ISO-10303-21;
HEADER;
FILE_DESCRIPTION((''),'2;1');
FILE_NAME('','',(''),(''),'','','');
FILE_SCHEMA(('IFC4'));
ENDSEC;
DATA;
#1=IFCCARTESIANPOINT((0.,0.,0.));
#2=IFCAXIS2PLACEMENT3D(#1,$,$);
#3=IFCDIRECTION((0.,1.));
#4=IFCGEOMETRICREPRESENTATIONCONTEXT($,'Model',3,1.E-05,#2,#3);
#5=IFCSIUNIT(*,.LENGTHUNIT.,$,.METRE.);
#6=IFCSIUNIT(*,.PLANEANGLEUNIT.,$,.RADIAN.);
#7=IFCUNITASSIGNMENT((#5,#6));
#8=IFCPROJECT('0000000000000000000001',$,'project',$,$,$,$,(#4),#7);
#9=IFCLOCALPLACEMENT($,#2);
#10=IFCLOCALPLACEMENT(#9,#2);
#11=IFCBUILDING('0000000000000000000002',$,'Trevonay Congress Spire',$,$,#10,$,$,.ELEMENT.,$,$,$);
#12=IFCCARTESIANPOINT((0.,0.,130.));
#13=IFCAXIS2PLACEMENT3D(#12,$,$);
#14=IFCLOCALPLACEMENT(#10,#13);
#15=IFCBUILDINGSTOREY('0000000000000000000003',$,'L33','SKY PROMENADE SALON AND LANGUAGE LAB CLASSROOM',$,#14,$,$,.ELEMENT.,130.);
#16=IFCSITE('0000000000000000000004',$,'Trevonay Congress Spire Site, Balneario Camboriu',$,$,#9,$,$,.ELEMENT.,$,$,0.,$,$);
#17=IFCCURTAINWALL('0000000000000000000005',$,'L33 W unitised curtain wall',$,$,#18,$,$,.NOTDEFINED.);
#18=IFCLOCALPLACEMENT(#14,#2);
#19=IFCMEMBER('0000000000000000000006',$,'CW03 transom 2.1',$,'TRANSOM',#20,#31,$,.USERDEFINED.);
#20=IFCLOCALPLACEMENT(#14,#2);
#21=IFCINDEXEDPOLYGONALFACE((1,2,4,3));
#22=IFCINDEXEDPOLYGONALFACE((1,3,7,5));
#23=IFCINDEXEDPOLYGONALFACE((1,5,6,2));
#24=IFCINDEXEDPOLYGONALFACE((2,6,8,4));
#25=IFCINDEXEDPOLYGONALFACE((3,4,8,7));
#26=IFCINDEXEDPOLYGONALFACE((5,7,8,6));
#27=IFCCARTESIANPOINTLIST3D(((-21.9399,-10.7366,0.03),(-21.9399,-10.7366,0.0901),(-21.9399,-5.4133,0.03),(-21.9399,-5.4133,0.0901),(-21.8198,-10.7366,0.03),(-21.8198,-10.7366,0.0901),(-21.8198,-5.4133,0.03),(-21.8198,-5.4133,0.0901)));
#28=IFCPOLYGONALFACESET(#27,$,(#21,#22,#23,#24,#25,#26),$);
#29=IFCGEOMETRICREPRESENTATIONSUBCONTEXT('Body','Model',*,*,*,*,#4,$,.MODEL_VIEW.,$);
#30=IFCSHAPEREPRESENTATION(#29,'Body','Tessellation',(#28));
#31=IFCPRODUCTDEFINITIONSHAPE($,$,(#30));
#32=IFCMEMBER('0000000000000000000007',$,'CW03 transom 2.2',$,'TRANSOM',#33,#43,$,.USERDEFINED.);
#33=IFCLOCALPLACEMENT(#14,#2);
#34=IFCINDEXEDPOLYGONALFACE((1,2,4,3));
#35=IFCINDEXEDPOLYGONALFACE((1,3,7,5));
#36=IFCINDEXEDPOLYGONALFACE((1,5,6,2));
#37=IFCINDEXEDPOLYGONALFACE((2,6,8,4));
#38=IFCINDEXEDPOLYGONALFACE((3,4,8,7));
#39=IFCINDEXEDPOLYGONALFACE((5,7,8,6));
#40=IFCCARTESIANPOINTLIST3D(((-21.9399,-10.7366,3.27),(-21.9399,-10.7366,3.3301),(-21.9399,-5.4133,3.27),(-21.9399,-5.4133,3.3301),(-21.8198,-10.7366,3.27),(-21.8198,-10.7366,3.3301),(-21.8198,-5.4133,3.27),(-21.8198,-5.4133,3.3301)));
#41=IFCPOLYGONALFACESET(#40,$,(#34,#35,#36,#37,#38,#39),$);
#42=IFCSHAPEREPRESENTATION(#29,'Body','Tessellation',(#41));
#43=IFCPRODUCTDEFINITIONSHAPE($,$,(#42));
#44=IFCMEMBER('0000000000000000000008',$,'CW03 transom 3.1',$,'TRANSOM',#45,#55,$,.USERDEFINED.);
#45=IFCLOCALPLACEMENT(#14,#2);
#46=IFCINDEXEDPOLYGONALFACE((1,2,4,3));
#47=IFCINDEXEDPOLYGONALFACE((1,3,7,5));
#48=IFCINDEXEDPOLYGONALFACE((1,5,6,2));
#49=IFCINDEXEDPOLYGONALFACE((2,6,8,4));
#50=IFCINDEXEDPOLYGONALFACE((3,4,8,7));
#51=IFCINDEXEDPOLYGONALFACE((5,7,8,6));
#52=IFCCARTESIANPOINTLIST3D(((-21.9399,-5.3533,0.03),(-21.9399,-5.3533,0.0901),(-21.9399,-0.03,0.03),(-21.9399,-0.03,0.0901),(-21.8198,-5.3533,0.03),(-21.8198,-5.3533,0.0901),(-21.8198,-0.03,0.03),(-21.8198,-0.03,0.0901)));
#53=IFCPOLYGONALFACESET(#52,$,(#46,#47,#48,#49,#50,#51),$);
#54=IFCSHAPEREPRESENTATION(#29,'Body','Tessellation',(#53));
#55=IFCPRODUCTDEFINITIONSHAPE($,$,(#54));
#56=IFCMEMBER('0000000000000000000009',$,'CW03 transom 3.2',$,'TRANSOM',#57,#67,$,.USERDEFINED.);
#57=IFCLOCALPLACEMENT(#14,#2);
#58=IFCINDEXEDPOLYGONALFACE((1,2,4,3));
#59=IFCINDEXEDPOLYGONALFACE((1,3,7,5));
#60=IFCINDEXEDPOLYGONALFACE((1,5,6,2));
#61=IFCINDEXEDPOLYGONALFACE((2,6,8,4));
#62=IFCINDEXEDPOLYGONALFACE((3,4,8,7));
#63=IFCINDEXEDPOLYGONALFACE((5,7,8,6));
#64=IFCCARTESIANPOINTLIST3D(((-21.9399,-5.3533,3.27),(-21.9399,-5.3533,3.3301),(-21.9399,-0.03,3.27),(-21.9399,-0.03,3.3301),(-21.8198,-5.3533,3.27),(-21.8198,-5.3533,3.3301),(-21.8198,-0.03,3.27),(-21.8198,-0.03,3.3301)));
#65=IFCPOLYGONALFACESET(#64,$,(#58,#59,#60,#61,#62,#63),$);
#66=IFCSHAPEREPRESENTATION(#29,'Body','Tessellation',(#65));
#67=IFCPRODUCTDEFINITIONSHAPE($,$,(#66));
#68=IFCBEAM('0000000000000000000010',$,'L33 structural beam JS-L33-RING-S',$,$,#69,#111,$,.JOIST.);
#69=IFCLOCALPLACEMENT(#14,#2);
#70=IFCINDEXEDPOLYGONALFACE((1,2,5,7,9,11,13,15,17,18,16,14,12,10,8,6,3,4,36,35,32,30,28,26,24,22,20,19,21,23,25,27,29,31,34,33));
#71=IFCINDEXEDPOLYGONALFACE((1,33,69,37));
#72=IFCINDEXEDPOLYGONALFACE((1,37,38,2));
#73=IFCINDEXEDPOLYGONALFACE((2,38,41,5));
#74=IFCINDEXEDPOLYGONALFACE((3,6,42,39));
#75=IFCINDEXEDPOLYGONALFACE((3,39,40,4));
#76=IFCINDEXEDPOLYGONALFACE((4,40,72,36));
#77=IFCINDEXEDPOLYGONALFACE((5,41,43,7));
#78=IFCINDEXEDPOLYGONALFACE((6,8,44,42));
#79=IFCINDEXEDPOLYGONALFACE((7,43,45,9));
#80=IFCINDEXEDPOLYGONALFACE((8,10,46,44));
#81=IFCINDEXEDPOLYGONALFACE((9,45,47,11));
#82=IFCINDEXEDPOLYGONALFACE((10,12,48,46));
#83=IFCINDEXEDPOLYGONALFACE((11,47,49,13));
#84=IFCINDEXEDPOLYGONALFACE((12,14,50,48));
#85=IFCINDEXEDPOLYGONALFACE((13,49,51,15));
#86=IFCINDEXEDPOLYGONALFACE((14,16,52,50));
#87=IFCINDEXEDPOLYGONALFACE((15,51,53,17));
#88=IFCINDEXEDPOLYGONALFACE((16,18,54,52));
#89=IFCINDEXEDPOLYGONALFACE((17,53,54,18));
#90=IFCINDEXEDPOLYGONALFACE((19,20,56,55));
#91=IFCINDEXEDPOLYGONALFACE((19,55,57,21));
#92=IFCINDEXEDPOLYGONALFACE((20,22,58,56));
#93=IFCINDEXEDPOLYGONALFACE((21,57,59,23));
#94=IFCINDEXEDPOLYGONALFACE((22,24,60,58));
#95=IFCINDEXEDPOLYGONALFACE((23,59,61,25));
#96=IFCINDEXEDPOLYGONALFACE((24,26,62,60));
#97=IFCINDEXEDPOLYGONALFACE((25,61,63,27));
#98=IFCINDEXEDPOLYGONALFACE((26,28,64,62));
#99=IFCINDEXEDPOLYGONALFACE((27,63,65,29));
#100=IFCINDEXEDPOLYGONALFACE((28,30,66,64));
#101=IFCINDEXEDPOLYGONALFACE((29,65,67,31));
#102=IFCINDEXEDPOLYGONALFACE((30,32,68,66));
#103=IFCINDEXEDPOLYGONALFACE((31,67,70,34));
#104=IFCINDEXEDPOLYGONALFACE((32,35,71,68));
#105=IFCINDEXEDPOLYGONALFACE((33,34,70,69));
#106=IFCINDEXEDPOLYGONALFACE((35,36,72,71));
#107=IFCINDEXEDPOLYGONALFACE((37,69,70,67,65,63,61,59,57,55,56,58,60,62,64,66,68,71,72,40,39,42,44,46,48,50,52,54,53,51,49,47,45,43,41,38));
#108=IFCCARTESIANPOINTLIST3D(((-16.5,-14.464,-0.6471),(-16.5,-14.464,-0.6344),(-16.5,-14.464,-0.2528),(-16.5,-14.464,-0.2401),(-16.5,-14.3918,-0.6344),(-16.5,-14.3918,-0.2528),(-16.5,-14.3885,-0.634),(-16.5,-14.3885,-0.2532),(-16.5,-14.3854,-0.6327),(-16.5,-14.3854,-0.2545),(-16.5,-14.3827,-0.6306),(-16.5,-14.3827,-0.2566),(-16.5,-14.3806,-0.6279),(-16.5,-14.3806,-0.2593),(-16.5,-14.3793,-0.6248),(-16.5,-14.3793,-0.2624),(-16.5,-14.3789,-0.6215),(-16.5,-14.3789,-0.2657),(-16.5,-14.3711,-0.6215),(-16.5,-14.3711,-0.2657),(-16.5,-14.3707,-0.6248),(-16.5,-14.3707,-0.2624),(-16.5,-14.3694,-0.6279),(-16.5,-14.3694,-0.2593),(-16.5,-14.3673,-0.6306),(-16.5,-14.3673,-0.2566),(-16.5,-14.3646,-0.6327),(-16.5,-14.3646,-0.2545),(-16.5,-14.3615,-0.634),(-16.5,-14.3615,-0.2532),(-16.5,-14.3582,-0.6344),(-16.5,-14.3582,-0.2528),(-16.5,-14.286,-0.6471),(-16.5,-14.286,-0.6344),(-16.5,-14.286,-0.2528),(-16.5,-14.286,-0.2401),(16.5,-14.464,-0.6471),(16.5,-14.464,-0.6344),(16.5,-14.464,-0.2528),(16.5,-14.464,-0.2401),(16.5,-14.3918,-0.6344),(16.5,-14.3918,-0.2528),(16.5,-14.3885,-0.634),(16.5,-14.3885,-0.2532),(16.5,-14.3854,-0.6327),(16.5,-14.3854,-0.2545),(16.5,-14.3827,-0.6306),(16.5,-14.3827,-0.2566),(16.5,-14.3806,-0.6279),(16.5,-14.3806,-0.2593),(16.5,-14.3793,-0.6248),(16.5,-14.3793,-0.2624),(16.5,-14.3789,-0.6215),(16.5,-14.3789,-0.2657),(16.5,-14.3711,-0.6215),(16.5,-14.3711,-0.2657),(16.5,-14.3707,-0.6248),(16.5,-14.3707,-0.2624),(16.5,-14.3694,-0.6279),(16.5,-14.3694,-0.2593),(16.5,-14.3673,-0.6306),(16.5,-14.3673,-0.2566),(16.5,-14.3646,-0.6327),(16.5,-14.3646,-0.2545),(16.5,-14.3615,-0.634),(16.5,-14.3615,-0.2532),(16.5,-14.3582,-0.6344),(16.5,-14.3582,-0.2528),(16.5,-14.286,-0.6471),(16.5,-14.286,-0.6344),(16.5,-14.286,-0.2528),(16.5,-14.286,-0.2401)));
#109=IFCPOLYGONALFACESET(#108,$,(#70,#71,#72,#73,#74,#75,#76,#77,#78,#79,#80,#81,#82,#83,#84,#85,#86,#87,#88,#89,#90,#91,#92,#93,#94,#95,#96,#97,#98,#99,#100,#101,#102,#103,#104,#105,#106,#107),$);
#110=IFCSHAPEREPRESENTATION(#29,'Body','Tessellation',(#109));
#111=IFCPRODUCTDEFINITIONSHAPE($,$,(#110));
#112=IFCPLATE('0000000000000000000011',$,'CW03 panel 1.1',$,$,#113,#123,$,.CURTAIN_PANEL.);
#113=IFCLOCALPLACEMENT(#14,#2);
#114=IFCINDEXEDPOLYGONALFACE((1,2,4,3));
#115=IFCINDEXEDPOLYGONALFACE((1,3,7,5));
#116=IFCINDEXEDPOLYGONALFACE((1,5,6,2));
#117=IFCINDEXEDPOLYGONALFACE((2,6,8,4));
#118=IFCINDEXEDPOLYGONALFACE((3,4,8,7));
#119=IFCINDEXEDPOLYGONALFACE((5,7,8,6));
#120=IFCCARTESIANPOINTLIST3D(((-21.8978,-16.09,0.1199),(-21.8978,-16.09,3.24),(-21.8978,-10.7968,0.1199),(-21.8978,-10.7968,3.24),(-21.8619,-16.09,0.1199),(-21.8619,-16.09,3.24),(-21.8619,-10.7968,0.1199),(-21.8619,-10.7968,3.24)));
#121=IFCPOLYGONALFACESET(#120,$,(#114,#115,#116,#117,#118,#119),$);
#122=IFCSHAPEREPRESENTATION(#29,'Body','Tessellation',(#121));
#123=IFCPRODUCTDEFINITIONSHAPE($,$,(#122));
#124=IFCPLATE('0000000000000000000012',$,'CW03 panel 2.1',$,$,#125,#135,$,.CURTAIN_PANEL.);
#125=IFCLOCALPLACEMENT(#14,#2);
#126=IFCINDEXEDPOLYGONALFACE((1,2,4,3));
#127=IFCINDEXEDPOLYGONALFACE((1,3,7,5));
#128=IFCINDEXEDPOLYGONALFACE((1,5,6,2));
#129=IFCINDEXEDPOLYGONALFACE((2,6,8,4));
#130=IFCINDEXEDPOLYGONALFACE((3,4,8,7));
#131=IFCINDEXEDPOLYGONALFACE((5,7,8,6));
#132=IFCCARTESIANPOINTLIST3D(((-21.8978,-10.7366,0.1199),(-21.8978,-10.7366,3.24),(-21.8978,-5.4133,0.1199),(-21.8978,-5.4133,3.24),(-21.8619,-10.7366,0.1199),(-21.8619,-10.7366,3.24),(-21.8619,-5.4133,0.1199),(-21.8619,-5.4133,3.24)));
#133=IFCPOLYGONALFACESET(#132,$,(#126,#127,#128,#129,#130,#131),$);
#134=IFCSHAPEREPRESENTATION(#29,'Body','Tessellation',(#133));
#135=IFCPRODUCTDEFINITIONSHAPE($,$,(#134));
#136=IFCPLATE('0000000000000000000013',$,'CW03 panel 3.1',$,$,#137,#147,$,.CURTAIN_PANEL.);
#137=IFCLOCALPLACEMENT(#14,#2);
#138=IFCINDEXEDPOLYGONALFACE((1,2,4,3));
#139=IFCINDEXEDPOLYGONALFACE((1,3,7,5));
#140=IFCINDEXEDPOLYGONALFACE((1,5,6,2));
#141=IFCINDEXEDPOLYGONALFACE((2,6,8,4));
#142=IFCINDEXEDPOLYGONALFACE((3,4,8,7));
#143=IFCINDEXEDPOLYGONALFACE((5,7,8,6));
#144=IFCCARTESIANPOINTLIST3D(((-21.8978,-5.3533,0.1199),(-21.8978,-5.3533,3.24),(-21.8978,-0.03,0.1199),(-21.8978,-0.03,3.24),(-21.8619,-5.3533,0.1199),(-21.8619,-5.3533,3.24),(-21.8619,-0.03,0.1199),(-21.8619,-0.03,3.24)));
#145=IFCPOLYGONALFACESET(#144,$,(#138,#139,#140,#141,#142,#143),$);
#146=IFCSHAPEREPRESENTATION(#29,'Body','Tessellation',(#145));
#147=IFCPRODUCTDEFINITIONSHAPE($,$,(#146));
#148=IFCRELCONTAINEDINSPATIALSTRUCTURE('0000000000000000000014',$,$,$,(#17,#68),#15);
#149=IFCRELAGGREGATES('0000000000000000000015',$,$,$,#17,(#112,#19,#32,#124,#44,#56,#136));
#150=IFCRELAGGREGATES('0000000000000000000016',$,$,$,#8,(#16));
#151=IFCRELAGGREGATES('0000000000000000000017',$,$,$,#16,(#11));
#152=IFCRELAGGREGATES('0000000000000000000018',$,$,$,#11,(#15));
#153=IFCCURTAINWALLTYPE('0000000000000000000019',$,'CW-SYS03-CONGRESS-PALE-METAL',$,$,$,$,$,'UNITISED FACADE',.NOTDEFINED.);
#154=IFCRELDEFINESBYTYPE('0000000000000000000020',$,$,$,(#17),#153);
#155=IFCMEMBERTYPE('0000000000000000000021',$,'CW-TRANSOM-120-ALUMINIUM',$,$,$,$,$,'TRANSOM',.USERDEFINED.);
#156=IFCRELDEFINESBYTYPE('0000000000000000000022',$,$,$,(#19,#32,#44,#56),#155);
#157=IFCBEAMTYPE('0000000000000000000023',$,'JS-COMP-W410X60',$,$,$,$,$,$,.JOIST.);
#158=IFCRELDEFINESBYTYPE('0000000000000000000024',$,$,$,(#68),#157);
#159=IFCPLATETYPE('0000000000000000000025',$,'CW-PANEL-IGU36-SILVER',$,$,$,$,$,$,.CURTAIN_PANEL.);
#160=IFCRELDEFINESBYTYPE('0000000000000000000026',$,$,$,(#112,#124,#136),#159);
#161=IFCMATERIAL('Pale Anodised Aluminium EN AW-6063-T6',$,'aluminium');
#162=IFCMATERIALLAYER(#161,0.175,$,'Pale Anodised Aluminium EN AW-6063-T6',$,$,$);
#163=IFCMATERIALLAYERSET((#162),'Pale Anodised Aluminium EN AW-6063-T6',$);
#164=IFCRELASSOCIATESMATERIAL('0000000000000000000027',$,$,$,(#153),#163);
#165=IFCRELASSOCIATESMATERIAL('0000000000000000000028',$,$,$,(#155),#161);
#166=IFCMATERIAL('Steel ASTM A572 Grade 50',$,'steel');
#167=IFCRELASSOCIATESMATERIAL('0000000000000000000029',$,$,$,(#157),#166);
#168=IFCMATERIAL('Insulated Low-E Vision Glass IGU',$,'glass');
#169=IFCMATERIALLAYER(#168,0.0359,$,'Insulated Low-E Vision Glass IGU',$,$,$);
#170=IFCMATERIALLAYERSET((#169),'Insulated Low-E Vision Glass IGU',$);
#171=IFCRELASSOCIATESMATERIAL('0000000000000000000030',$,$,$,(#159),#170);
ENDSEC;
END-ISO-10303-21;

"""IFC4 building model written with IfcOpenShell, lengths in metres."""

from ifc_helpers import new_model, si_unit, direction, frame, origin, origin_2d, place, context, subcontext, project, spatial, rectangle, i_section, extrude, material, layer, layer_set, material_profile, profile_set, type_object, element, aggregate, save


model = new_model("IFC4")

# Units and contexts
model_context = context("Model", 3, precision=1e-05, world=origin(), true_north=direction((0.0, 1.0)))
body_context = subcontext(model_context, "Body", "Model", "MODEL_VIEW")
ifc_project = project(units=[si_unit("LENGTHUNIT", "METRE"), si_unit("PLANEANGLEUNIT", "RADIAN")], contexts=[model_context])

# Site, building, storey
site_placement = place(None, origin())
site = spatial("IfcSite", under=ifc_project, at=site_placement, Name="Trevonay Congress Spire Site, Balneario Camboriu", CompositionType="ELEMENT", RefElevation=0.0)
building_placement = place(site_placement, origin())
building = spatial("IfcBuilding", under=site, at=building_placement, Name="Trevonay Congress Spire", CompositionType="ELEMENT")
storey_placement = place(building_placement, frame((0.0, 0.0, 130.0)))
storey = spatial("IfcBuildingStorey", under=building, at=storey_placement, Name="L33", Description="SKY PROMENADE SALON AND LANGUAGE LAB CLASSROOM", CompositionType="ELEMENT", Elevation=130.0)

# Shared definitions
ifc_material_1 = material(Name="Steel ASTM A572 Grade 50", Category="steel")

# Curtain wall, members
ifc_material_2 = material(Name="Pale Anodised Aluminium EN AW-6063-T6", Category="aluminium")
ifc_layer_1 = layer(ifc_material_2, 0.175, Name="Pale Anodised Aluminium EN AW-6063-T6")
ifc_layer_set_1 = layer_set([ifc_layer_1], Name="Pale Anodised Aluminium EN AW-6063-T6")
curtain_wall_type = type_object("IfcCurtainWallType", Name="CW-SYS03-CONGRESS-PALE-METAL", ElementType="UNITISED FACADE", PredefinedType="NOTDEFINED", material=ifc_layer_set_1)
curtain_wall_placement = place(storey_placement, origin())
curtain_wall = element("IfcCurtainWall", 1, at=curtain_wall_placement, inside=storey, type_object=curtain_wall_type, Name="L33 W unitised curtain wall", PredefinedType="NOTDEFINED")
ifc_material_profile_1 = material_profile(ifc_material_2, rectangle(XDim=0.1201, YDim=0.0601, at=origin_2d()), Name="CW-TRANSOM-120-ALUMINIUM")
ifc_profile_set_1 = profile_set([ifc_material_profile_1], Name="Pale Anodised Aluminium EN AW-6063-T6")
member_type_1 = type_object("IfcMemberType", Name="CW-TRANSOM-120-ALUMINIUM", ElementType="TRANSOM", PredefinedType="USERDEFINED", material=ifc_profile_set_1)
member_1_placement = place(storey_placement, frame((-21.8799, -10.7366, 0.0601), z_axis=(0.0, 1.0, 0.0), x_axis=(-1.0, 0.0, 0.0)))
member_1 = element("IfcMember", 2, at=member_1_placement, type_object=member_type_1, Name="CW03 transom 2.1", ObjectType="TRANSOM", PredefinedType="USERDEFINED", context=body_context, shape_type="SweptSolid", body=[
    extrude(rectangle(XDim=0.1201, YDim=0.0601, at=origin_2d()), origin(), (0.0, 0.0, 1.0), 5.3232),
])
member_2_placement = place(storey_placement, frame((-21.8799, -10.7366, 3.3), z_axis=(0.0, 1.0, 0.0), x_axis=(-1.0, 0.0, 0.0)))
member_2 = element("IfcMember", 3, at=member_2_placement, type_object=member_type_1, Name="CW03 transom 2.2", ObjectType="TRANSOM", PredefinedType="USERDEFINED", context=body_context, shape_type="SweptSolid", body=[
    extrude(rectangle(XDim=0.1201, YDim=0.0601, at=origin_2d()), origin(), (0.0, 0.0, 1.0), 5.3232),
])
member_3_placement = place(storey_placement, frame((-21.8799, -5.3533, 0.0601), z_axis=(0.0, 1.0, 0.0), x_axis=(-1.0, 0.0, 0.0)))
member_3 = element("IfcMember", 4, at=member_3_placement, type_object=member_type_1, Name="CW03 transom 3.1", ObjectType="TRANSOM", PredefinedType="USERDEFINED", context=body_context, shape_type="SweptSolid", body=[
    extrude(rectangle(XDim=0.1201, YDim=0.0601, at=origin_2d()), origin(), (0.0, 0.0, 1.0), 5.3232),
])
member_4_placement = place(storey_placement, frame((-21.8799, -5.3533, 3.3), z_axis=(0.0, 1.0, 0.0), x_axis=(-1.0, 0.0, 0.0)))
member_4 = element("IfcMember", 5, at=member_4_placement, type_object=member_type_1, Name="CW03 transom 3.2", ObjectType="TRANSOM", PredefinedType="USERDEFINED", context=body_context, shape_type="SweptSolid", body=[
    extrude(rectangle(XDim=0.1201, YDim=0.0601, at=origin_2d()), origin(), (0.0, 0.0, 1.0), 5.3232),
])

# Beam
ifc_material_profile_2 = material_profile(ifc_material_1, i_section(OverallWidth=0.178, OverallDepth=0.407, WebThickness=0.0078, FlangeThickness=0.0127, FilletRadius=0.0129, at=origin_2d()), Name="W410x60")
ifc_profile_set_2 = profile_set([ifc_material_profile_2], Name="Steel ASTM A572 Grade 50")
beam_type_1 = type_object("IfcBeamType", Name="JS-COMP-W410X60", PredefinedType="JOIST", material=ifc_profile_set_2)
beam_1_placement = place(storey_placement, frame((-16.5, -14.375, -0.4436), z_axis=(1.0, 0.0, 0.0), x_axis=(0.0, 1.0, 0.0)))
element("IfcBeam", 6, at=beam_1_placement, inside=storey, type_object=beam_type_1, Name="L33 structural beam JS-L33-RING-S", PredefinedType="JOIST", context=body_context, shape_type="SweptSolid", body=[
    extrude(i_section(OverallWidth=0.178, OverallDepth=0.407, WebThickness=0.0078, FlangeThickness=0.0127, FilletRadius=0.0129, at=origin_2d()), origin(), (0.0, 0.0, 1.0), 33.0),
])

# Plates
ifc_material_3 = material(Name="Insulated Low-E Vision Glass IGU", Category="glass")
ifc_layer_2 = layer(ifc_material_3, 0.0359, Name="Insulated Low-E Vision Glass IGU")
ifc_layer_set_2 = layer_set([ifc_layer_2], Name="Insulated Low-E Vision Glass IGU")
plate_type = type_object("IfcPlateType", Name="CW-PANEL-IGU36-SILVER", PredefinedType="CURTAIN_PANEL", material=ifc_layer_set_2)
plate_1_placement = place(storey_placement, frame((-21.8799, -13.4434, 0.1199), z_axis=(0.0, 0.0, 1.0), x_axis=(0.0, 1.0, 0.0)))
plate_1 = element("IfcPlate", 7, at=plate_1_placement, type_object=plate_type, Name="CW03 panel 1.1", PredefinedType="CURTAIN_PANEL", context=body_context, shape_type="SweptSolid", body=[
    extrude(rectangle(XDim=5.2932, YDim=0.0359, at=origin_2d()), origin(), (0.0, 0.0, 1.0), 3.1201),
])
plate_2_placement = place(storey_placement, frame((-21.8799, -8.075, 0.1199), z_axis=(0.0, 0.0, 1.0), x_axis=(0.0, 1.0, 0.0)))
plate_2 = element("IfcPlate", 8, at=plate_2_placement, type_object=plate_type, Name="CW03 panel 2.1", PredefinedType="CURTAIN_PANEL", context=body_context, shape_type="SweptSolid", body=[
    extrude(rectangle(XDim=5.3232, YDim=0.0359, at=origin_2d()), origin(), (0.0, 0.0, 1.0), 3.1201),
])
plate_3_placement = place(storey_placement, frame((-21.8799, -2.6917, 0.1199), z_axis=(0.0, 0.0, 1.0), x_axis=(0.0, 1.0, 0.0)))
plate_3 = element("IfcPlate", 9, at=plate_3_placement, type_object=plate_type, Name="CW03 panel 3.1", PredefinedType="CURTAIN_PANEL", context=body_context, shape_type="SweptSolid", body=[
    extrude(rectangle(XDim=5.3232, YDim=0.0359, at=origin_2d()), origin(), (0.0, 0.0, 1.0), 3.1201),
])
aggregate(curtain_wall, [plate_1, member_1, member_2, plate_2, member_3, member_4, plate_3])

save(model, "model.ifc")
